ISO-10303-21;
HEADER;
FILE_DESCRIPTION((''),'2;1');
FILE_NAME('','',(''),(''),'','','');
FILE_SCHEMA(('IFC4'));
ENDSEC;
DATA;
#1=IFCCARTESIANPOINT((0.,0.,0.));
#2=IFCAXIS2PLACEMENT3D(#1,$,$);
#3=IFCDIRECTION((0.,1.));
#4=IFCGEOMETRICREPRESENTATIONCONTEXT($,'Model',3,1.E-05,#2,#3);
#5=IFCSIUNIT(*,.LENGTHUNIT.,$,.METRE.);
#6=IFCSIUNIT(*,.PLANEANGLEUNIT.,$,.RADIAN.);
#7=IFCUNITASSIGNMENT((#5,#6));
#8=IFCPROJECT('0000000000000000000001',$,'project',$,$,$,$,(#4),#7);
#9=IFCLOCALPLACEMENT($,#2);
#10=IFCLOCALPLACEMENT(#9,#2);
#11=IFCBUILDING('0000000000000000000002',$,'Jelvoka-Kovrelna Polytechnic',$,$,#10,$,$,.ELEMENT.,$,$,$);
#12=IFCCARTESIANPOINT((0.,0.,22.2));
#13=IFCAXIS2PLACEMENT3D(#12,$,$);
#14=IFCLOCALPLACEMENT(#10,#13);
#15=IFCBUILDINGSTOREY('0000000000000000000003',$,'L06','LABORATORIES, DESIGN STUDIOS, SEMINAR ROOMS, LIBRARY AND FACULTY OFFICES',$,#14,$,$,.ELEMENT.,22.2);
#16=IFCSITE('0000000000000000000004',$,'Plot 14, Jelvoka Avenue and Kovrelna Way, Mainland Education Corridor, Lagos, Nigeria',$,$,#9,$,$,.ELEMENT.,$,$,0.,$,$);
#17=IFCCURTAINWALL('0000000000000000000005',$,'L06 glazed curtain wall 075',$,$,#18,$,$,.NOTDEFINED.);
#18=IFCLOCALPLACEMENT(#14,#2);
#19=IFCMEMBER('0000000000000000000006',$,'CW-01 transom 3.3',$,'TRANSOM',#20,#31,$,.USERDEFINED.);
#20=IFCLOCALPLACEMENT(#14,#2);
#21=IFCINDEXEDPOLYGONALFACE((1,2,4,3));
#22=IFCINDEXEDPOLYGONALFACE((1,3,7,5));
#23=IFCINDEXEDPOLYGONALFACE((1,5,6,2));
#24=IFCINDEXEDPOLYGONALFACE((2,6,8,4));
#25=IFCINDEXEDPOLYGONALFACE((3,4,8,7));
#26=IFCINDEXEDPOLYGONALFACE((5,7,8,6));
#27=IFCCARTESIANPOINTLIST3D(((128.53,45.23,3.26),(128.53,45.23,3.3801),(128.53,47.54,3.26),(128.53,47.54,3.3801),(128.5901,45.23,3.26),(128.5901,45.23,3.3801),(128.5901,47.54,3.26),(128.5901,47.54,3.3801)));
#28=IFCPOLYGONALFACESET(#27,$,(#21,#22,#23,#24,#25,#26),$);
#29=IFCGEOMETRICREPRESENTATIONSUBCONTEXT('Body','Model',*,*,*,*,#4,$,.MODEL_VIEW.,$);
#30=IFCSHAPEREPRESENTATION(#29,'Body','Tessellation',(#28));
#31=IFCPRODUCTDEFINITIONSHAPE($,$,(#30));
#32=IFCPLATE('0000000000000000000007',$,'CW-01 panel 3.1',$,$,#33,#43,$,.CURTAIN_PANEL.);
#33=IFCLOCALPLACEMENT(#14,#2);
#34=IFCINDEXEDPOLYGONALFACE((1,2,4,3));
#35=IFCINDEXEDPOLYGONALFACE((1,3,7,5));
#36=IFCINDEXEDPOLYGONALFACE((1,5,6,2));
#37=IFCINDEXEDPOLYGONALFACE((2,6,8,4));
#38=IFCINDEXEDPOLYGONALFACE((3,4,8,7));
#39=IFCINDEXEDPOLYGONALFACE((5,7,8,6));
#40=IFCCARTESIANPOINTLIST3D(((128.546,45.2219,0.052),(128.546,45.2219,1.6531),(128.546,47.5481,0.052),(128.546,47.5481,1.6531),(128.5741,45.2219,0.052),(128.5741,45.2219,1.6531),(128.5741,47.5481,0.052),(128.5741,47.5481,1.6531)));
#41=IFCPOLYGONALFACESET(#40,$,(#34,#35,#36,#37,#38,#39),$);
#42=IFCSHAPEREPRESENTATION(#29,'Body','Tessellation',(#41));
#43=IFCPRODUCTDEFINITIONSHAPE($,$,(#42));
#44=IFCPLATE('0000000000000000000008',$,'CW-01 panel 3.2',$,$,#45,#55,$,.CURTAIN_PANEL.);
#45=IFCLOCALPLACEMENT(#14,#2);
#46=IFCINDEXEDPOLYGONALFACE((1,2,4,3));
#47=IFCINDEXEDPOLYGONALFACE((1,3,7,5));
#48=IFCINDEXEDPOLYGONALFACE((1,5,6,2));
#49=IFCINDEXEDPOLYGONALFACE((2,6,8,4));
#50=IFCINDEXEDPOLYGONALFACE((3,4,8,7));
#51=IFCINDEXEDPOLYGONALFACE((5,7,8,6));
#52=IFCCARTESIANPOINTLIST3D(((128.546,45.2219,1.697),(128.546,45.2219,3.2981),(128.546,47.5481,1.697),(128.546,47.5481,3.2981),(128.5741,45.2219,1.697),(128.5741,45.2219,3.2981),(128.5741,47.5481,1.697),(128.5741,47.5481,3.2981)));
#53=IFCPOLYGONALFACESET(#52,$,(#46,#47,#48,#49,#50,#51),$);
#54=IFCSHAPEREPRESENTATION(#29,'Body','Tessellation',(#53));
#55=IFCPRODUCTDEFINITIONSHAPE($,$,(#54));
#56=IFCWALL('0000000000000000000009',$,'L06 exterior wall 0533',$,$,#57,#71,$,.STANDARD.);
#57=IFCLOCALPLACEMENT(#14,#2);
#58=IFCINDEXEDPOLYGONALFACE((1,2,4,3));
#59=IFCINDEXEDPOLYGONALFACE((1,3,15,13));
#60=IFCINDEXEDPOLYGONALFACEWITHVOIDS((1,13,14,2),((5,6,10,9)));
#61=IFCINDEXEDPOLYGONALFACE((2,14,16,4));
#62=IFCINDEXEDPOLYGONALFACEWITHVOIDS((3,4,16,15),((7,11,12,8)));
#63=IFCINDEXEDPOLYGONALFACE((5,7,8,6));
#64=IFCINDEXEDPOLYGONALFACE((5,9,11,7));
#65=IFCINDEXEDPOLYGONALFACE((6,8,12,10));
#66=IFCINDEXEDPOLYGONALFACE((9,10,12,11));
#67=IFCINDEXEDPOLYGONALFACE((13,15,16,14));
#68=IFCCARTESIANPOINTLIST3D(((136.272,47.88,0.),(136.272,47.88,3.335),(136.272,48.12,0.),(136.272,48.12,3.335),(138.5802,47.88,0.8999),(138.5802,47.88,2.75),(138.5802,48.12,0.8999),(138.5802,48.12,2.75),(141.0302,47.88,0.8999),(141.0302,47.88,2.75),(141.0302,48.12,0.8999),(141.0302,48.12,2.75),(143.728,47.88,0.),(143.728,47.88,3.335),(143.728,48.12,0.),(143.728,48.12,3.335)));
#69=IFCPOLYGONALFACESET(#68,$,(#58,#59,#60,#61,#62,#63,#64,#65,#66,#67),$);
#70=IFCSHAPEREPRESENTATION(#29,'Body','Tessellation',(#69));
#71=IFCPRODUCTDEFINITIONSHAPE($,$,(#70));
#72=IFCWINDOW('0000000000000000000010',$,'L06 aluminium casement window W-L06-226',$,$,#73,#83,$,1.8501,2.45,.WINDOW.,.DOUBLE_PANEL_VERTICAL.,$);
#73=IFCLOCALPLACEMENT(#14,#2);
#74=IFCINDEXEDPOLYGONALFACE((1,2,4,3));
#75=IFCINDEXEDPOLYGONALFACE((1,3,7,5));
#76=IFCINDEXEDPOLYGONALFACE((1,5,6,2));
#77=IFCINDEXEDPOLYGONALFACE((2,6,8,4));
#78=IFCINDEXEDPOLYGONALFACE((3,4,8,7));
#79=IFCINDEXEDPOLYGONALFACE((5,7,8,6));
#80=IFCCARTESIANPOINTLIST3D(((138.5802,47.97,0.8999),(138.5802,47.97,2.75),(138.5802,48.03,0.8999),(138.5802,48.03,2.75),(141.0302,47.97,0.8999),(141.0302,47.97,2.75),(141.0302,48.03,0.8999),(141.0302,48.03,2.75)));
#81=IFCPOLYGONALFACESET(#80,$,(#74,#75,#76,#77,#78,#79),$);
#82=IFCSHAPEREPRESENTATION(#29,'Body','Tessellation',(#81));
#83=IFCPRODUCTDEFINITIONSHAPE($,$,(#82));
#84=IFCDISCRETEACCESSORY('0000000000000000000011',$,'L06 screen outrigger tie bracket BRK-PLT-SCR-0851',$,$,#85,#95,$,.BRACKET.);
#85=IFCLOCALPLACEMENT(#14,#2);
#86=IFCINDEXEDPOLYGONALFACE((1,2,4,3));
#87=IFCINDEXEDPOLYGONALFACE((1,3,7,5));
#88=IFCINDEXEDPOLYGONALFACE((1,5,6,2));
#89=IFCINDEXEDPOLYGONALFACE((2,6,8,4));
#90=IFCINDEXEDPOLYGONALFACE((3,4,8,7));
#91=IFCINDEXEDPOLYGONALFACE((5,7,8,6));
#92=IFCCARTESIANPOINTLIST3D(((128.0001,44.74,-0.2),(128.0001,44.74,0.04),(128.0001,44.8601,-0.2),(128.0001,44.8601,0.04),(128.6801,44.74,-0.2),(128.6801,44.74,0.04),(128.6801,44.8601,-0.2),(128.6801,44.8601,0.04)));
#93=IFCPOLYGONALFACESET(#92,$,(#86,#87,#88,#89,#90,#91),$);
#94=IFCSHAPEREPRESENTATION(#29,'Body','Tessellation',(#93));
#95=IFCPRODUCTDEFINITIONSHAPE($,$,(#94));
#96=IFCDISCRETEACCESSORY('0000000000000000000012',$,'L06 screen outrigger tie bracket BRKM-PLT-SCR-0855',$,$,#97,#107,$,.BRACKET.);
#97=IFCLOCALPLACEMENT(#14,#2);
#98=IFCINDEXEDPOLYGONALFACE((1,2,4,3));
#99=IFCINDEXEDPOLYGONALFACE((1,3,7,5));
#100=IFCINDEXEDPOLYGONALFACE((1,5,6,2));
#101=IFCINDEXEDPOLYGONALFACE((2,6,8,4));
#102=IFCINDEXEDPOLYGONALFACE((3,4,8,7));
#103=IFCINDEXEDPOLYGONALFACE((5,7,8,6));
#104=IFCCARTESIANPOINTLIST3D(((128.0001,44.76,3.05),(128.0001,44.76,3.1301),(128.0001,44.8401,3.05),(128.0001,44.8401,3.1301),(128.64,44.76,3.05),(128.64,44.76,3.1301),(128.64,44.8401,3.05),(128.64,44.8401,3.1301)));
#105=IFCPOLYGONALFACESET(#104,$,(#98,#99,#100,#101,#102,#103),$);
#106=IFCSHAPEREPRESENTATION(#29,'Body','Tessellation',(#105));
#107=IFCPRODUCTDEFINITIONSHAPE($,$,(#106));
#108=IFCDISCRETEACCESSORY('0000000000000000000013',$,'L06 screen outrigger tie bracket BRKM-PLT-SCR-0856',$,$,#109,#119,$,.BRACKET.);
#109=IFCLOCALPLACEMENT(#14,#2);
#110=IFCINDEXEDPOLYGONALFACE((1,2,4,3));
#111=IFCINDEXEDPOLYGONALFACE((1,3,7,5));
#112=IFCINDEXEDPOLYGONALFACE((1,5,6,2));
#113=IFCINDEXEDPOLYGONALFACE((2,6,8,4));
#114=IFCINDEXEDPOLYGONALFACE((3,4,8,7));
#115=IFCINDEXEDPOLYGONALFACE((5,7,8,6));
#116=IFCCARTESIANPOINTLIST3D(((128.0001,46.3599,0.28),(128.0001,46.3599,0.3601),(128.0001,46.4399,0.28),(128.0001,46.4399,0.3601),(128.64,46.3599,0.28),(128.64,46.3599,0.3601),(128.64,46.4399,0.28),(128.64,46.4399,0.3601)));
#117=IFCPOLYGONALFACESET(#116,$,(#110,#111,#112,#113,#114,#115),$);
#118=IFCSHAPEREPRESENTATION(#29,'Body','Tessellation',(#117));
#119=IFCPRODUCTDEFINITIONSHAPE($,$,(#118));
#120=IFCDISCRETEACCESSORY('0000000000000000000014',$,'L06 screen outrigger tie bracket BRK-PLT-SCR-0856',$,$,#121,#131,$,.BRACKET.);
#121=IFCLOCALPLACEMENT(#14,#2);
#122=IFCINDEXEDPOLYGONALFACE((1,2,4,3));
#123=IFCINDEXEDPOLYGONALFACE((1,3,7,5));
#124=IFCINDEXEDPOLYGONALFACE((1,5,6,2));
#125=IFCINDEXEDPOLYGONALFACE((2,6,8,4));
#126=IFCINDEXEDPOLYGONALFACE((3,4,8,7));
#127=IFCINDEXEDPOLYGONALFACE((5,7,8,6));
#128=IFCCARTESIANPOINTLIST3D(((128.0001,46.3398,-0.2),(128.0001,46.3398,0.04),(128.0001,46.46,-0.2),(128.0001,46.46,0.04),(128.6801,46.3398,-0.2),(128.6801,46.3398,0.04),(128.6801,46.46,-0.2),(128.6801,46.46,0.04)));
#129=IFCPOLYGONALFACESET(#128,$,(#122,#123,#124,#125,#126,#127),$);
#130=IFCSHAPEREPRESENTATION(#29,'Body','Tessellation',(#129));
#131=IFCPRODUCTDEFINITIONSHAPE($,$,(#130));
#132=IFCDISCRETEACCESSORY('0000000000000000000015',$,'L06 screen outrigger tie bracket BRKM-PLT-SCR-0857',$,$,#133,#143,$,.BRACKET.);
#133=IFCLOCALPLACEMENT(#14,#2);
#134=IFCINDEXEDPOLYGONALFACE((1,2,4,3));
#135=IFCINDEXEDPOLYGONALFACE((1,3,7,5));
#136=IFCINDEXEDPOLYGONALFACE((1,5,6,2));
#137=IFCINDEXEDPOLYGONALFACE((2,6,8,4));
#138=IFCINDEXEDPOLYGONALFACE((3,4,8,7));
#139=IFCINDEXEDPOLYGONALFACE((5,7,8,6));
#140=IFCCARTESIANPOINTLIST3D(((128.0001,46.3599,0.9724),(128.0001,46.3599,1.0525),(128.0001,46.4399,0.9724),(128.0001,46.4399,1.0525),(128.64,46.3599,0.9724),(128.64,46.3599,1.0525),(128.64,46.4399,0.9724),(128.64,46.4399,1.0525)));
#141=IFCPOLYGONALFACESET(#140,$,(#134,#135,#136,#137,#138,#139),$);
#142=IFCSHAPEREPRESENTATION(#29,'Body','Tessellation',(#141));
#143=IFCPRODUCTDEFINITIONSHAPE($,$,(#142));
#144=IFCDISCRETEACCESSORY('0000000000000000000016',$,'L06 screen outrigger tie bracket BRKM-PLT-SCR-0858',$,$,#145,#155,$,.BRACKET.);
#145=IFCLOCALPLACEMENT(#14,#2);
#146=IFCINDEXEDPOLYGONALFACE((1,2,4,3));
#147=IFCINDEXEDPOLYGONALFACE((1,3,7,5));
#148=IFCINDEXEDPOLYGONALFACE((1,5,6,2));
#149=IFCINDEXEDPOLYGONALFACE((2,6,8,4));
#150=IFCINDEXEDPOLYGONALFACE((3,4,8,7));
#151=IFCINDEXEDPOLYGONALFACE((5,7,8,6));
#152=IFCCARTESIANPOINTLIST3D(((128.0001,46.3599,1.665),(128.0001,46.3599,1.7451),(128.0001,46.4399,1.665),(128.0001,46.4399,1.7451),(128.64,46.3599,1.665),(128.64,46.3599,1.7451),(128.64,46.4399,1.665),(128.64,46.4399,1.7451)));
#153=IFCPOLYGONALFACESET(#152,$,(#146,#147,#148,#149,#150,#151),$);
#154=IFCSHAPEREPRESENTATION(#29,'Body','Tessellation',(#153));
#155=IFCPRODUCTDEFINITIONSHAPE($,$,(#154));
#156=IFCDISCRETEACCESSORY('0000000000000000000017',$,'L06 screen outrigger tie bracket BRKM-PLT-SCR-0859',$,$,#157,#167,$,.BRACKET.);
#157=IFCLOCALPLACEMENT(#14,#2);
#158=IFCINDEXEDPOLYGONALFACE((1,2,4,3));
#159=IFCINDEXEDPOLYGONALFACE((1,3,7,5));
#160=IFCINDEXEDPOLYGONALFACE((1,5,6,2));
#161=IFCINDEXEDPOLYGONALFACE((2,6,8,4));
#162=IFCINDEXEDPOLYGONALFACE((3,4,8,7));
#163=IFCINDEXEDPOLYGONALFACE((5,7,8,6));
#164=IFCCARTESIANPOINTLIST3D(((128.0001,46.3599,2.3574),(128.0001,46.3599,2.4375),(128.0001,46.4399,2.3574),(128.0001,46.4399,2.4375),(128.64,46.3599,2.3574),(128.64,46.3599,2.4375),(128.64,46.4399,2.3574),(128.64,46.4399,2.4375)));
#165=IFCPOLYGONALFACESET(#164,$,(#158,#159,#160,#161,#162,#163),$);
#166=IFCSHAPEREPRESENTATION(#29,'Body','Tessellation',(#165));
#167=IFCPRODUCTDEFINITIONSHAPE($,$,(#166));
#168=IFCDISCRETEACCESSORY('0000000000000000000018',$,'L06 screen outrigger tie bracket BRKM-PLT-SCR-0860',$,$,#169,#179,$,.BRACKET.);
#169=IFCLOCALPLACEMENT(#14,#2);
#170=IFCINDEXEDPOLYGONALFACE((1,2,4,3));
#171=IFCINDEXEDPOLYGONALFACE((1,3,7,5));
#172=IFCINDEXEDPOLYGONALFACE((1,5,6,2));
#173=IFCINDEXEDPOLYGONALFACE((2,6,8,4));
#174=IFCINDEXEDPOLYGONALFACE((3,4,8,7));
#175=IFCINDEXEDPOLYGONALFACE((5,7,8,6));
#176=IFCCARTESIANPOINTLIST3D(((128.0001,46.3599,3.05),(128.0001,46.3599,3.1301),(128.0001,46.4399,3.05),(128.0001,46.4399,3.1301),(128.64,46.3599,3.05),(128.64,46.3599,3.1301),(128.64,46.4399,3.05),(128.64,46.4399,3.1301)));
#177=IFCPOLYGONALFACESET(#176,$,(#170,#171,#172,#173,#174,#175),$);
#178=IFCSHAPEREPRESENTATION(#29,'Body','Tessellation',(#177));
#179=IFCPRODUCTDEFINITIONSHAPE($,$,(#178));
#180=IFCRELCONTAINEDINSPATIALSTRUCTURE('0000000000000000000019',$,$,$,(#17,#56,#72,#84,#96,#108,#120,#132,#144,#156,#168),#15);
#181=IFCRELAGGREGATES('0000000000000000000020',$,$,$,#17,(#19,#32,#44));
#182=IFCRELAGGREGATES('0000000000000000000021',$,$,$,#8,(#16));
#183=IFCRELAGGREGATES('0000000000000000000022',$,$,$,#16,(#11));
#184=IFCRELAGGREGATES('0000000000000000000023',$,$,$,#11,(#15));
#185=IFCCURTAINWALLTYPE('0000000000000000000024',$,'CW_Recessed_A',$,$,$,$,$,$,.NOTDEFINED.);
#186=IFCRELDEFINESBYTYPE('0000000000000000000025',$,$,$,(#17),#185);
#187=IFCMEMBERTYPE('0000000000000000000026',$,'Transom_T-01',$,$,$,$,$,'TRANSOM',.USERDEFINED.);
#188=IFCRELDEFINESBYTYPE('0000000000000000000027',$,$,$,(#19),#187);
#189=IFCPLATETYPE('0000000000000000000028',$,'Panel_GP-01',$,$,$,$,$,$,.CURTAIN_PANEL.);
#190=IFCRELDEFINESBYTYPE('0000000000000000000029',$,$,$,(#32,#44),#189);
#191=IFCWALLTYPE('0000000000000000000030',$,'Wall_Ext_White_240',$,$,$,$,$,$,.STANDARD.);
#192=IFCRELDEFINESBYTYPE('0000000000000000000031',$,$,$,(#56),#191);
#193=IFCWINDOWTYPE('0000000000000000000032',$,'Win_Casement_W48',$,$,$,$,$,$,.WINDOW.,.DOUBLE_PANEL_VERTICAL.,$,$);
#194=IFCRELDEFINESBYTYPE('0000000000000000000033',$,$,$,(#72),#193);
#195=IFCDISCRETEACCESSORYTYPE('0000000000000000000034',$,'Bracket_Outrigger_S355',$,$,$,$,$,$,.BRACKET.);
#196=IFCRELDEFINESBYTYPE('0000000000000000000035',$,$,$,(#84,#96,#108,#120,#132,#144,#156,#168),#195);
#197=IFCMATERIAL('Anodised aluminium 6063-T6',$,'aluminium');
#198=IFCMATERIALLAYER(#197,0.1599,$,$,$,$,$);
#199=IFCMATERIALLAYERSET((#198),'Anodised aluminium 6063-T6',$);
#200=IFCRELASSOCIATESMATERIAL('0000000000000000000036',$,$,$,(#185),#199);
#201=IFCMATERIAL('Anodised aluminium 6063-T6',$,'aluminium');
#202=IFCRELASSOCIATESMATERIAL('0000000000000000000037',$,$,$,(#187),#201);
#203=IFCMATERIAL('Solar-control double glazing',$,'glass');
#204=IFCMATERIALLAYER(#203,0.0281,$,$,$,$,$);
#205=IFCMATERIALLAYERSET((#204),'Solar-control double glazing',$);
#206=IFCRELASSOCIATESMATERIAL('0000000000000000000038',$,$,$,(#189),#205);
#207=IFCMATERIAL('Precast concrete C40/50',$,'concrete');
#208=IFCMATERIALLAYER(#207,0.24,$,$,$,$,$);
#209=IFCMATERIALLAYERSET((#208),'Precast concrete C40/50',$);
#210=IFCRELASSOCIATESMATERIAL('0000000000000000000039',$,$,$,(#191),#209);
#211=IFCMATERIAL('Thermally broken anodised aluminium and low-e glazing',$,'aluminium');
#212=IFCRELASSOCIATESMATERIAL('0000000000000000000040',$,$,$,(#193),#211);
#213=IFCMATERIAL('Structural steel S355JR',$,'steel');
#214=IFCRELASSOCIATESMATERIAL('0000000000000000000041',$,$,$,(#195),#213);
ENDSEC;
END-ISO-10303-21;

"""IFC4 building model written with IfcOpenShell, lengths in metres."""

from ifc_helpers import new_model, si_unit, direction, frame, frame_2d, origin, origin_2d, place, context, subcontext, project, spatial, rectangle, extrude, material, layer, layer_set, material_profile, profile_set, type_object, element, fill, aggregate, save


model = new_model("IFC4")

# Units and contexts
model_context = context("Model", 3, precision=1e-05, world=origin(), true_north=direction((0.0, 1.0)))
body_context = subcontext(model_context, "Body", "Model", "MODEL_VIEW")
ifc_project = project(units=[si_unit("LENGTHUNIT", "METRE"), si_unit("PLANEANGLEUNIT", "RADIAN")], contexts=[model_context])

# Site, building, storey
site_placement = place(None, origin())
site = spatial("IfcSite", under=ifc_project, at=site_placement, Name="Plot 14, Jelvoka Avenue and Kovrelna Way, Mainland Education Corridor, Lagos, Nigeria", CompositionType="ELEMENT", RefElevation=0.0)
building_placement = place(site_placement, origin())
building = spatial("IfcBuilding", under=site, at=building_placement, Name="Jelvoka-Kovrelna Polytechnic", CompositionType="ELEMENT")
storey_placement = place(building_placement, frame((0.0, 0.0, 22.2)))
storey = spatial("IfcBuildingStorey", under=building, at=storey_placement, Name="L06", Description="LABORATORIES, DESIGN STUDIOS, SEMINAR ROOMS, LIBRARY AND FACULTY OFFICES", CompositionType="ELEMENT", Elevation=22.2)

# Curtain wall
ifc_material_1 = material(Name="Anodised aluminium 6063-T6", Category="aluminium")
ifc_layer_1 = layer(ifc_material_1, 0.1599)
ifc_layer_set_1 = layer_set([ifc_layer_1], Name="Anodised aluminium 6063-T6")
curtain_wall_type = type_object("IfcCurtainWallType", Name="CW_Recessed_A", PredefinedType="NOTDEFINED", material=ifc_layer_set_1)
curtain_wall_placement = place(storey_placement, origin())
curtain_wall = element("IfcCurtainWall", 1, at=curtain_wall_placement, inside=storey, type_object=curtain_wall_type, Name="L06 glazed curtain wall 075", PredefinedType="NOTDEFINED")

# Member
ifc_material_2 = material(Name="Anodised aluminium 6063-T6", Category="aluminium")
ifc_material_profile_1 = material_profile(ifc_material_2, rectangle(XDim=0.0601, YDim=0.1201, at=origin_2d()), Name="ALU 60x120")
ifc_profile_set_1 = profile_set([ifc_material_profile_1], Name="Anodised aluminium 6063-T6")
member_type_1 = type_object("IfcMemberType", Name="Transom_T-01", ElementType="TRANSOM", PredefinedType="USERDEFINED", material=ifc_profile_set_1)
member_1_placement = place(storey_placement, frame((128.5601, 45.23, 3.3201), z_axis=(0.0, 1.0, 0.0), x_axis=(-1.0, 0.0, 0.0)))
member_1 = element("IfcMember", 2, at=member_1_placement, type_object=member_type_1, Name="CW-01 transom 3.3", ObjectType="TRANSOM", PredefinedType="USERDEFINED", context=body_context, shape_type="SweptSolid", body=[
    extrude(rectangle(XDim=0.0601, YDim=0.1201, at=origin_2d()), origin(), (0.0, 0.0, 1.0), 2.3101),
])

# Plates
ifc_material_3 = material(Name="Solar-control double glazing", Category="glass")
ifc_layer_2 = layer(ifc_material_3, 0.0281)
ifc_layer_set_2 = layer_set([ifc_layer_2], Name="Solar-control double glazing")
plate_type = type_object("IfcPlateType", Name="Panel_GP-01", PredefinedType="CURTAIN_PANEL", material=ifc_layer_set_2)
plate_1_placement = place(storey_placement, frame((128.5601, 46.385, 0.052), z_axis=(0.0, 0.0, 1.0), x_axis=(0.0, 1.0, 0.0)))
plate_1 = element("IfcPlate", 3, at=plate_1_placement, type_object=plate_type, Name="CW-01 panel 3.1", PredefinedType="CURTAIN_PANEL", context=body_context, shape_type="SweptSolid", body=[
    extrude(rectangle(XDim=2.3262, YDim=0.0281, at=origin_2d()), origin(), (0.0, 0.0, 1.0), 1.6011),
])
plate_2_placement = place(storey_placement, frame((128.5601, 46.385, 1.697), z_axis=(0.0, 0.0, 1.0), x_axis=(0.0, 1.0, 0.0)))
plate_2 = element("IfcPlate", 4, at=plate_2_placement, type_object=plate_type, Name="CW-01 panel 3.2", PredefinedType="CURTAIN_PANEL", context=body_context, shape_type="SweptSolid", body=[
    extrude(rectangle(XDim=2.3262, YDim=0.0281, at=origin_2d()), origin(), (0.0, 0.0, 1.0), 1.6011),
])
aggregate(curtain_wall, [member_1, plate_1, plate_2])

# Wall, opening, window
ifc_material_4 = material(Name="Precast concrete C40/50", Category="concrete")
ifc_layer_3 = layer(ifc_material_4, 0.24)
ifc_layer_set_3 = layer_set([ifc_layer_3], Name="Precast concrete C40/50")
wall_type = type_object("IfcWallType", Name="Wall_Ext_White_240", PredefinedType="STANDARD", material=ifc_layer_set_3)
wall_placement = place(storey_placement, frame((136.272, 48.0, 0.0), z_axis=(0.0, 0.0, 1.0), x_axis=(1.0, 0.0, 0.0)))
wall = element("IfcWall", 5, at=wall_placement, inside=storey, type_object=wall_type, Name="L06 exterior wall 0533", PredefinedType="STANDARD", context=body_context, shape_type="SweptSolid", body=[
    extrude(rectangle(XDim=7.4561, YDim=0.24, at=frame_2d((3.728, 0.0))), origin(), (0.0, 0.0, 1.0), 3.335),
])
opening_placement = place(wall_placement, frame((2.3081, 0.0, 0.8999)))
opening = element("IfcOpeningElement", 6, at=opening_placement, cuts=wall, PredefinedType="OPENING", context=body_context, shape_type="SweptSolid", body=[
    extrude(rectangle(XDim=2.45, YDim=1.8501, at=frame_2d((1.2251, 0.925))), frame((0.0, 0.1301, 0.0), z_axis=(0.0, -1.0, 0.0), x_axis=(1.0, 0.0, 0.0)), (0.0, 0.0, 1.0), 0.26),
])
ifc_material_5 = material(Name="Thermally broken anodised aluminium and low-e glazing", Category="aluminium")
window_type = type_object("IfcWindowType", Name="Win_Casement_W48", PartitioningType="DOUBLE_PANEL_VERTICAL", PredefinedType="WINDOW", material=ifc_material_5)
window_placement = place(opening_placement, origin())
window = element("IfcWindow", 7, at=window_placement, inside=storey, type_object=window_type, Name="L06 aluminium casement window W-L06-226", OverallHeight=1.8501, OverallWidth=2.45, PartitioningType="DOUBLE_PANEL_VERTICAL", PredefinedType="WINDOW", context=body_context, shape_type="SweptSolid", body=[
    extrude(rectangle(XDim=2.45, YDim=1.8501, at=frame_2d((1.2251, 0.925))), frame((0.0, 0.03, 0.0), z_axis=(0.0, -1.0, 0.0), x_axis=(1.0, 0.0, 0.0)), (0.0, 0.0, 1.0), 0.0601),
])
fill(opening, window)

# Discrete accessories
ifc_material_6 = material(Name="Structural steel S355JR", Category="steel")
discrete_accessory_type = type_object("IfcDiscreteAccessoryType", Name="Bracket_Outrigger_S355", PredefinedType="BRACKET", material=ifc_material_6)
discrete_accessory_1_placement = place(storey_placement, frame((128.3401, 44.8, -0.2), z_axis=(0.0, 0.0, 1.0), x_axis=(1.0, 0.0, 0.0)))
element("IfcDiscreteAccessory", 8, at=discrete_accessory_1_placement, inside=storey, type_object=discrete_accessory_type, Name="L06 screen outrigger tie bracket BRK-PLT-SCR-0851", PredefinedType="BRACKET", context=body_context, shape_type="SweptSolid", body=[
    extrude(rectangle(XDim=0.6799, YDim=0.1201, at=origin_2d()), origin(), (0.0, 0.0, 1.0), 0.24),
])
for number, where, z_axis, x_axis, name in (
    (9, (128.3201, 44.8, 3.05), (0.0, 0.0, 1.0), (1.0, 0.0, 0.0), "L06 screen outrigger tie bracket BRKM-PLT-SCR-0855"),
    (10, (128.3201, 46.3999, 0.28), (0.0, 0.0, 1.0), (1.0, 0.0, 0.0), "L06 screen outrigger tie bracket BRKM-PLT-SCR-0856"),
):
    element("IfcDiscreteAccessory", number, at=place(storey_placement, frame(where, z_axis=z_axis, x_axis=x_axis)), inside=storey, type_object=discrete_accessory_type, Name=name, PredefinedType="BRACKET", context=body_context, shape_type="SweptSolid", body=[
        extrude(rectangle(XDim=0.6399, YDim=0.0801, at=origin_2d()), origin(), (0.0, 0.0, 1.0), 0.0801),
    ])
discrete_accessory_2_placement = place(storey_placement, frame((128.3401, 46.3999, -0.2), z_axis=(0.0, 0.0, 1.0), x_axis=(1.0, 0.0, 0.0)))
element("IfcDiscreteAccessory", 11, at=discrete_accessory_2_placement, inside=storey, type_object=discrete_accessory_type, Name="L06 screen outrigger tie bracket BRK-PLT-SCR-0856", PredefinedType="BRACKET", context=body_context, shape_type="SweptSolid", body=[
    extrude(rectangle(XDim=0.6799, YDim=0.1201, at=origin_2d()), origin(), (0.0, 0.0, 1.0), 0.24),
])
for number, where, z_axis, x_axis, name in (
    (12, (128.3201, 46.3999, 0.9724), (0.0, 0.0, 1.0), (1.0, 0.0, 0.0), "L06 screen outrigger tie bracket BRKM-PLT-SCR-0857"),
    (13, (128.3201, 46.3999, 1.665), (0.0, 0.0, 1.0), (1.0, 0.0, 0.0), "L06 screen outrigger tie bracket BRKM-PLT-SCR-0858"),
    (14, (128.3201, 46.3999, 2.3574), (0.0, 0.0, 1.0), (1.0, 0.0, 0.0), "L06 screen outrigger tie bracket BRKM-PLT-SCR-0859"),
    (15, (128.3201, 46.3999, 3.05), (0.0, 0.0, 1.0), (1.0, 0.0, 0.0), "L06 screen outrigger tie bracket BRKM-PLT-SCR-0860"),
):
    element("IfcDiscreteAccessory", number, at=place(storey_placement, frame(where, z_axis=z_axis, x_axis=x_axis)), inside=storey, type_object=discrete_accessory_type, Name=name, PredefinedType="BRACKET", context=body_context, shape_type="SweptSolid", body=[
        extrude(rectangle(XDim=0.6399, YDim=0.0801, at=origin_2d()), origin(), (0.0, 0.0, 1.0), 0.0801),
    ])

save(model, "model.ifc")
